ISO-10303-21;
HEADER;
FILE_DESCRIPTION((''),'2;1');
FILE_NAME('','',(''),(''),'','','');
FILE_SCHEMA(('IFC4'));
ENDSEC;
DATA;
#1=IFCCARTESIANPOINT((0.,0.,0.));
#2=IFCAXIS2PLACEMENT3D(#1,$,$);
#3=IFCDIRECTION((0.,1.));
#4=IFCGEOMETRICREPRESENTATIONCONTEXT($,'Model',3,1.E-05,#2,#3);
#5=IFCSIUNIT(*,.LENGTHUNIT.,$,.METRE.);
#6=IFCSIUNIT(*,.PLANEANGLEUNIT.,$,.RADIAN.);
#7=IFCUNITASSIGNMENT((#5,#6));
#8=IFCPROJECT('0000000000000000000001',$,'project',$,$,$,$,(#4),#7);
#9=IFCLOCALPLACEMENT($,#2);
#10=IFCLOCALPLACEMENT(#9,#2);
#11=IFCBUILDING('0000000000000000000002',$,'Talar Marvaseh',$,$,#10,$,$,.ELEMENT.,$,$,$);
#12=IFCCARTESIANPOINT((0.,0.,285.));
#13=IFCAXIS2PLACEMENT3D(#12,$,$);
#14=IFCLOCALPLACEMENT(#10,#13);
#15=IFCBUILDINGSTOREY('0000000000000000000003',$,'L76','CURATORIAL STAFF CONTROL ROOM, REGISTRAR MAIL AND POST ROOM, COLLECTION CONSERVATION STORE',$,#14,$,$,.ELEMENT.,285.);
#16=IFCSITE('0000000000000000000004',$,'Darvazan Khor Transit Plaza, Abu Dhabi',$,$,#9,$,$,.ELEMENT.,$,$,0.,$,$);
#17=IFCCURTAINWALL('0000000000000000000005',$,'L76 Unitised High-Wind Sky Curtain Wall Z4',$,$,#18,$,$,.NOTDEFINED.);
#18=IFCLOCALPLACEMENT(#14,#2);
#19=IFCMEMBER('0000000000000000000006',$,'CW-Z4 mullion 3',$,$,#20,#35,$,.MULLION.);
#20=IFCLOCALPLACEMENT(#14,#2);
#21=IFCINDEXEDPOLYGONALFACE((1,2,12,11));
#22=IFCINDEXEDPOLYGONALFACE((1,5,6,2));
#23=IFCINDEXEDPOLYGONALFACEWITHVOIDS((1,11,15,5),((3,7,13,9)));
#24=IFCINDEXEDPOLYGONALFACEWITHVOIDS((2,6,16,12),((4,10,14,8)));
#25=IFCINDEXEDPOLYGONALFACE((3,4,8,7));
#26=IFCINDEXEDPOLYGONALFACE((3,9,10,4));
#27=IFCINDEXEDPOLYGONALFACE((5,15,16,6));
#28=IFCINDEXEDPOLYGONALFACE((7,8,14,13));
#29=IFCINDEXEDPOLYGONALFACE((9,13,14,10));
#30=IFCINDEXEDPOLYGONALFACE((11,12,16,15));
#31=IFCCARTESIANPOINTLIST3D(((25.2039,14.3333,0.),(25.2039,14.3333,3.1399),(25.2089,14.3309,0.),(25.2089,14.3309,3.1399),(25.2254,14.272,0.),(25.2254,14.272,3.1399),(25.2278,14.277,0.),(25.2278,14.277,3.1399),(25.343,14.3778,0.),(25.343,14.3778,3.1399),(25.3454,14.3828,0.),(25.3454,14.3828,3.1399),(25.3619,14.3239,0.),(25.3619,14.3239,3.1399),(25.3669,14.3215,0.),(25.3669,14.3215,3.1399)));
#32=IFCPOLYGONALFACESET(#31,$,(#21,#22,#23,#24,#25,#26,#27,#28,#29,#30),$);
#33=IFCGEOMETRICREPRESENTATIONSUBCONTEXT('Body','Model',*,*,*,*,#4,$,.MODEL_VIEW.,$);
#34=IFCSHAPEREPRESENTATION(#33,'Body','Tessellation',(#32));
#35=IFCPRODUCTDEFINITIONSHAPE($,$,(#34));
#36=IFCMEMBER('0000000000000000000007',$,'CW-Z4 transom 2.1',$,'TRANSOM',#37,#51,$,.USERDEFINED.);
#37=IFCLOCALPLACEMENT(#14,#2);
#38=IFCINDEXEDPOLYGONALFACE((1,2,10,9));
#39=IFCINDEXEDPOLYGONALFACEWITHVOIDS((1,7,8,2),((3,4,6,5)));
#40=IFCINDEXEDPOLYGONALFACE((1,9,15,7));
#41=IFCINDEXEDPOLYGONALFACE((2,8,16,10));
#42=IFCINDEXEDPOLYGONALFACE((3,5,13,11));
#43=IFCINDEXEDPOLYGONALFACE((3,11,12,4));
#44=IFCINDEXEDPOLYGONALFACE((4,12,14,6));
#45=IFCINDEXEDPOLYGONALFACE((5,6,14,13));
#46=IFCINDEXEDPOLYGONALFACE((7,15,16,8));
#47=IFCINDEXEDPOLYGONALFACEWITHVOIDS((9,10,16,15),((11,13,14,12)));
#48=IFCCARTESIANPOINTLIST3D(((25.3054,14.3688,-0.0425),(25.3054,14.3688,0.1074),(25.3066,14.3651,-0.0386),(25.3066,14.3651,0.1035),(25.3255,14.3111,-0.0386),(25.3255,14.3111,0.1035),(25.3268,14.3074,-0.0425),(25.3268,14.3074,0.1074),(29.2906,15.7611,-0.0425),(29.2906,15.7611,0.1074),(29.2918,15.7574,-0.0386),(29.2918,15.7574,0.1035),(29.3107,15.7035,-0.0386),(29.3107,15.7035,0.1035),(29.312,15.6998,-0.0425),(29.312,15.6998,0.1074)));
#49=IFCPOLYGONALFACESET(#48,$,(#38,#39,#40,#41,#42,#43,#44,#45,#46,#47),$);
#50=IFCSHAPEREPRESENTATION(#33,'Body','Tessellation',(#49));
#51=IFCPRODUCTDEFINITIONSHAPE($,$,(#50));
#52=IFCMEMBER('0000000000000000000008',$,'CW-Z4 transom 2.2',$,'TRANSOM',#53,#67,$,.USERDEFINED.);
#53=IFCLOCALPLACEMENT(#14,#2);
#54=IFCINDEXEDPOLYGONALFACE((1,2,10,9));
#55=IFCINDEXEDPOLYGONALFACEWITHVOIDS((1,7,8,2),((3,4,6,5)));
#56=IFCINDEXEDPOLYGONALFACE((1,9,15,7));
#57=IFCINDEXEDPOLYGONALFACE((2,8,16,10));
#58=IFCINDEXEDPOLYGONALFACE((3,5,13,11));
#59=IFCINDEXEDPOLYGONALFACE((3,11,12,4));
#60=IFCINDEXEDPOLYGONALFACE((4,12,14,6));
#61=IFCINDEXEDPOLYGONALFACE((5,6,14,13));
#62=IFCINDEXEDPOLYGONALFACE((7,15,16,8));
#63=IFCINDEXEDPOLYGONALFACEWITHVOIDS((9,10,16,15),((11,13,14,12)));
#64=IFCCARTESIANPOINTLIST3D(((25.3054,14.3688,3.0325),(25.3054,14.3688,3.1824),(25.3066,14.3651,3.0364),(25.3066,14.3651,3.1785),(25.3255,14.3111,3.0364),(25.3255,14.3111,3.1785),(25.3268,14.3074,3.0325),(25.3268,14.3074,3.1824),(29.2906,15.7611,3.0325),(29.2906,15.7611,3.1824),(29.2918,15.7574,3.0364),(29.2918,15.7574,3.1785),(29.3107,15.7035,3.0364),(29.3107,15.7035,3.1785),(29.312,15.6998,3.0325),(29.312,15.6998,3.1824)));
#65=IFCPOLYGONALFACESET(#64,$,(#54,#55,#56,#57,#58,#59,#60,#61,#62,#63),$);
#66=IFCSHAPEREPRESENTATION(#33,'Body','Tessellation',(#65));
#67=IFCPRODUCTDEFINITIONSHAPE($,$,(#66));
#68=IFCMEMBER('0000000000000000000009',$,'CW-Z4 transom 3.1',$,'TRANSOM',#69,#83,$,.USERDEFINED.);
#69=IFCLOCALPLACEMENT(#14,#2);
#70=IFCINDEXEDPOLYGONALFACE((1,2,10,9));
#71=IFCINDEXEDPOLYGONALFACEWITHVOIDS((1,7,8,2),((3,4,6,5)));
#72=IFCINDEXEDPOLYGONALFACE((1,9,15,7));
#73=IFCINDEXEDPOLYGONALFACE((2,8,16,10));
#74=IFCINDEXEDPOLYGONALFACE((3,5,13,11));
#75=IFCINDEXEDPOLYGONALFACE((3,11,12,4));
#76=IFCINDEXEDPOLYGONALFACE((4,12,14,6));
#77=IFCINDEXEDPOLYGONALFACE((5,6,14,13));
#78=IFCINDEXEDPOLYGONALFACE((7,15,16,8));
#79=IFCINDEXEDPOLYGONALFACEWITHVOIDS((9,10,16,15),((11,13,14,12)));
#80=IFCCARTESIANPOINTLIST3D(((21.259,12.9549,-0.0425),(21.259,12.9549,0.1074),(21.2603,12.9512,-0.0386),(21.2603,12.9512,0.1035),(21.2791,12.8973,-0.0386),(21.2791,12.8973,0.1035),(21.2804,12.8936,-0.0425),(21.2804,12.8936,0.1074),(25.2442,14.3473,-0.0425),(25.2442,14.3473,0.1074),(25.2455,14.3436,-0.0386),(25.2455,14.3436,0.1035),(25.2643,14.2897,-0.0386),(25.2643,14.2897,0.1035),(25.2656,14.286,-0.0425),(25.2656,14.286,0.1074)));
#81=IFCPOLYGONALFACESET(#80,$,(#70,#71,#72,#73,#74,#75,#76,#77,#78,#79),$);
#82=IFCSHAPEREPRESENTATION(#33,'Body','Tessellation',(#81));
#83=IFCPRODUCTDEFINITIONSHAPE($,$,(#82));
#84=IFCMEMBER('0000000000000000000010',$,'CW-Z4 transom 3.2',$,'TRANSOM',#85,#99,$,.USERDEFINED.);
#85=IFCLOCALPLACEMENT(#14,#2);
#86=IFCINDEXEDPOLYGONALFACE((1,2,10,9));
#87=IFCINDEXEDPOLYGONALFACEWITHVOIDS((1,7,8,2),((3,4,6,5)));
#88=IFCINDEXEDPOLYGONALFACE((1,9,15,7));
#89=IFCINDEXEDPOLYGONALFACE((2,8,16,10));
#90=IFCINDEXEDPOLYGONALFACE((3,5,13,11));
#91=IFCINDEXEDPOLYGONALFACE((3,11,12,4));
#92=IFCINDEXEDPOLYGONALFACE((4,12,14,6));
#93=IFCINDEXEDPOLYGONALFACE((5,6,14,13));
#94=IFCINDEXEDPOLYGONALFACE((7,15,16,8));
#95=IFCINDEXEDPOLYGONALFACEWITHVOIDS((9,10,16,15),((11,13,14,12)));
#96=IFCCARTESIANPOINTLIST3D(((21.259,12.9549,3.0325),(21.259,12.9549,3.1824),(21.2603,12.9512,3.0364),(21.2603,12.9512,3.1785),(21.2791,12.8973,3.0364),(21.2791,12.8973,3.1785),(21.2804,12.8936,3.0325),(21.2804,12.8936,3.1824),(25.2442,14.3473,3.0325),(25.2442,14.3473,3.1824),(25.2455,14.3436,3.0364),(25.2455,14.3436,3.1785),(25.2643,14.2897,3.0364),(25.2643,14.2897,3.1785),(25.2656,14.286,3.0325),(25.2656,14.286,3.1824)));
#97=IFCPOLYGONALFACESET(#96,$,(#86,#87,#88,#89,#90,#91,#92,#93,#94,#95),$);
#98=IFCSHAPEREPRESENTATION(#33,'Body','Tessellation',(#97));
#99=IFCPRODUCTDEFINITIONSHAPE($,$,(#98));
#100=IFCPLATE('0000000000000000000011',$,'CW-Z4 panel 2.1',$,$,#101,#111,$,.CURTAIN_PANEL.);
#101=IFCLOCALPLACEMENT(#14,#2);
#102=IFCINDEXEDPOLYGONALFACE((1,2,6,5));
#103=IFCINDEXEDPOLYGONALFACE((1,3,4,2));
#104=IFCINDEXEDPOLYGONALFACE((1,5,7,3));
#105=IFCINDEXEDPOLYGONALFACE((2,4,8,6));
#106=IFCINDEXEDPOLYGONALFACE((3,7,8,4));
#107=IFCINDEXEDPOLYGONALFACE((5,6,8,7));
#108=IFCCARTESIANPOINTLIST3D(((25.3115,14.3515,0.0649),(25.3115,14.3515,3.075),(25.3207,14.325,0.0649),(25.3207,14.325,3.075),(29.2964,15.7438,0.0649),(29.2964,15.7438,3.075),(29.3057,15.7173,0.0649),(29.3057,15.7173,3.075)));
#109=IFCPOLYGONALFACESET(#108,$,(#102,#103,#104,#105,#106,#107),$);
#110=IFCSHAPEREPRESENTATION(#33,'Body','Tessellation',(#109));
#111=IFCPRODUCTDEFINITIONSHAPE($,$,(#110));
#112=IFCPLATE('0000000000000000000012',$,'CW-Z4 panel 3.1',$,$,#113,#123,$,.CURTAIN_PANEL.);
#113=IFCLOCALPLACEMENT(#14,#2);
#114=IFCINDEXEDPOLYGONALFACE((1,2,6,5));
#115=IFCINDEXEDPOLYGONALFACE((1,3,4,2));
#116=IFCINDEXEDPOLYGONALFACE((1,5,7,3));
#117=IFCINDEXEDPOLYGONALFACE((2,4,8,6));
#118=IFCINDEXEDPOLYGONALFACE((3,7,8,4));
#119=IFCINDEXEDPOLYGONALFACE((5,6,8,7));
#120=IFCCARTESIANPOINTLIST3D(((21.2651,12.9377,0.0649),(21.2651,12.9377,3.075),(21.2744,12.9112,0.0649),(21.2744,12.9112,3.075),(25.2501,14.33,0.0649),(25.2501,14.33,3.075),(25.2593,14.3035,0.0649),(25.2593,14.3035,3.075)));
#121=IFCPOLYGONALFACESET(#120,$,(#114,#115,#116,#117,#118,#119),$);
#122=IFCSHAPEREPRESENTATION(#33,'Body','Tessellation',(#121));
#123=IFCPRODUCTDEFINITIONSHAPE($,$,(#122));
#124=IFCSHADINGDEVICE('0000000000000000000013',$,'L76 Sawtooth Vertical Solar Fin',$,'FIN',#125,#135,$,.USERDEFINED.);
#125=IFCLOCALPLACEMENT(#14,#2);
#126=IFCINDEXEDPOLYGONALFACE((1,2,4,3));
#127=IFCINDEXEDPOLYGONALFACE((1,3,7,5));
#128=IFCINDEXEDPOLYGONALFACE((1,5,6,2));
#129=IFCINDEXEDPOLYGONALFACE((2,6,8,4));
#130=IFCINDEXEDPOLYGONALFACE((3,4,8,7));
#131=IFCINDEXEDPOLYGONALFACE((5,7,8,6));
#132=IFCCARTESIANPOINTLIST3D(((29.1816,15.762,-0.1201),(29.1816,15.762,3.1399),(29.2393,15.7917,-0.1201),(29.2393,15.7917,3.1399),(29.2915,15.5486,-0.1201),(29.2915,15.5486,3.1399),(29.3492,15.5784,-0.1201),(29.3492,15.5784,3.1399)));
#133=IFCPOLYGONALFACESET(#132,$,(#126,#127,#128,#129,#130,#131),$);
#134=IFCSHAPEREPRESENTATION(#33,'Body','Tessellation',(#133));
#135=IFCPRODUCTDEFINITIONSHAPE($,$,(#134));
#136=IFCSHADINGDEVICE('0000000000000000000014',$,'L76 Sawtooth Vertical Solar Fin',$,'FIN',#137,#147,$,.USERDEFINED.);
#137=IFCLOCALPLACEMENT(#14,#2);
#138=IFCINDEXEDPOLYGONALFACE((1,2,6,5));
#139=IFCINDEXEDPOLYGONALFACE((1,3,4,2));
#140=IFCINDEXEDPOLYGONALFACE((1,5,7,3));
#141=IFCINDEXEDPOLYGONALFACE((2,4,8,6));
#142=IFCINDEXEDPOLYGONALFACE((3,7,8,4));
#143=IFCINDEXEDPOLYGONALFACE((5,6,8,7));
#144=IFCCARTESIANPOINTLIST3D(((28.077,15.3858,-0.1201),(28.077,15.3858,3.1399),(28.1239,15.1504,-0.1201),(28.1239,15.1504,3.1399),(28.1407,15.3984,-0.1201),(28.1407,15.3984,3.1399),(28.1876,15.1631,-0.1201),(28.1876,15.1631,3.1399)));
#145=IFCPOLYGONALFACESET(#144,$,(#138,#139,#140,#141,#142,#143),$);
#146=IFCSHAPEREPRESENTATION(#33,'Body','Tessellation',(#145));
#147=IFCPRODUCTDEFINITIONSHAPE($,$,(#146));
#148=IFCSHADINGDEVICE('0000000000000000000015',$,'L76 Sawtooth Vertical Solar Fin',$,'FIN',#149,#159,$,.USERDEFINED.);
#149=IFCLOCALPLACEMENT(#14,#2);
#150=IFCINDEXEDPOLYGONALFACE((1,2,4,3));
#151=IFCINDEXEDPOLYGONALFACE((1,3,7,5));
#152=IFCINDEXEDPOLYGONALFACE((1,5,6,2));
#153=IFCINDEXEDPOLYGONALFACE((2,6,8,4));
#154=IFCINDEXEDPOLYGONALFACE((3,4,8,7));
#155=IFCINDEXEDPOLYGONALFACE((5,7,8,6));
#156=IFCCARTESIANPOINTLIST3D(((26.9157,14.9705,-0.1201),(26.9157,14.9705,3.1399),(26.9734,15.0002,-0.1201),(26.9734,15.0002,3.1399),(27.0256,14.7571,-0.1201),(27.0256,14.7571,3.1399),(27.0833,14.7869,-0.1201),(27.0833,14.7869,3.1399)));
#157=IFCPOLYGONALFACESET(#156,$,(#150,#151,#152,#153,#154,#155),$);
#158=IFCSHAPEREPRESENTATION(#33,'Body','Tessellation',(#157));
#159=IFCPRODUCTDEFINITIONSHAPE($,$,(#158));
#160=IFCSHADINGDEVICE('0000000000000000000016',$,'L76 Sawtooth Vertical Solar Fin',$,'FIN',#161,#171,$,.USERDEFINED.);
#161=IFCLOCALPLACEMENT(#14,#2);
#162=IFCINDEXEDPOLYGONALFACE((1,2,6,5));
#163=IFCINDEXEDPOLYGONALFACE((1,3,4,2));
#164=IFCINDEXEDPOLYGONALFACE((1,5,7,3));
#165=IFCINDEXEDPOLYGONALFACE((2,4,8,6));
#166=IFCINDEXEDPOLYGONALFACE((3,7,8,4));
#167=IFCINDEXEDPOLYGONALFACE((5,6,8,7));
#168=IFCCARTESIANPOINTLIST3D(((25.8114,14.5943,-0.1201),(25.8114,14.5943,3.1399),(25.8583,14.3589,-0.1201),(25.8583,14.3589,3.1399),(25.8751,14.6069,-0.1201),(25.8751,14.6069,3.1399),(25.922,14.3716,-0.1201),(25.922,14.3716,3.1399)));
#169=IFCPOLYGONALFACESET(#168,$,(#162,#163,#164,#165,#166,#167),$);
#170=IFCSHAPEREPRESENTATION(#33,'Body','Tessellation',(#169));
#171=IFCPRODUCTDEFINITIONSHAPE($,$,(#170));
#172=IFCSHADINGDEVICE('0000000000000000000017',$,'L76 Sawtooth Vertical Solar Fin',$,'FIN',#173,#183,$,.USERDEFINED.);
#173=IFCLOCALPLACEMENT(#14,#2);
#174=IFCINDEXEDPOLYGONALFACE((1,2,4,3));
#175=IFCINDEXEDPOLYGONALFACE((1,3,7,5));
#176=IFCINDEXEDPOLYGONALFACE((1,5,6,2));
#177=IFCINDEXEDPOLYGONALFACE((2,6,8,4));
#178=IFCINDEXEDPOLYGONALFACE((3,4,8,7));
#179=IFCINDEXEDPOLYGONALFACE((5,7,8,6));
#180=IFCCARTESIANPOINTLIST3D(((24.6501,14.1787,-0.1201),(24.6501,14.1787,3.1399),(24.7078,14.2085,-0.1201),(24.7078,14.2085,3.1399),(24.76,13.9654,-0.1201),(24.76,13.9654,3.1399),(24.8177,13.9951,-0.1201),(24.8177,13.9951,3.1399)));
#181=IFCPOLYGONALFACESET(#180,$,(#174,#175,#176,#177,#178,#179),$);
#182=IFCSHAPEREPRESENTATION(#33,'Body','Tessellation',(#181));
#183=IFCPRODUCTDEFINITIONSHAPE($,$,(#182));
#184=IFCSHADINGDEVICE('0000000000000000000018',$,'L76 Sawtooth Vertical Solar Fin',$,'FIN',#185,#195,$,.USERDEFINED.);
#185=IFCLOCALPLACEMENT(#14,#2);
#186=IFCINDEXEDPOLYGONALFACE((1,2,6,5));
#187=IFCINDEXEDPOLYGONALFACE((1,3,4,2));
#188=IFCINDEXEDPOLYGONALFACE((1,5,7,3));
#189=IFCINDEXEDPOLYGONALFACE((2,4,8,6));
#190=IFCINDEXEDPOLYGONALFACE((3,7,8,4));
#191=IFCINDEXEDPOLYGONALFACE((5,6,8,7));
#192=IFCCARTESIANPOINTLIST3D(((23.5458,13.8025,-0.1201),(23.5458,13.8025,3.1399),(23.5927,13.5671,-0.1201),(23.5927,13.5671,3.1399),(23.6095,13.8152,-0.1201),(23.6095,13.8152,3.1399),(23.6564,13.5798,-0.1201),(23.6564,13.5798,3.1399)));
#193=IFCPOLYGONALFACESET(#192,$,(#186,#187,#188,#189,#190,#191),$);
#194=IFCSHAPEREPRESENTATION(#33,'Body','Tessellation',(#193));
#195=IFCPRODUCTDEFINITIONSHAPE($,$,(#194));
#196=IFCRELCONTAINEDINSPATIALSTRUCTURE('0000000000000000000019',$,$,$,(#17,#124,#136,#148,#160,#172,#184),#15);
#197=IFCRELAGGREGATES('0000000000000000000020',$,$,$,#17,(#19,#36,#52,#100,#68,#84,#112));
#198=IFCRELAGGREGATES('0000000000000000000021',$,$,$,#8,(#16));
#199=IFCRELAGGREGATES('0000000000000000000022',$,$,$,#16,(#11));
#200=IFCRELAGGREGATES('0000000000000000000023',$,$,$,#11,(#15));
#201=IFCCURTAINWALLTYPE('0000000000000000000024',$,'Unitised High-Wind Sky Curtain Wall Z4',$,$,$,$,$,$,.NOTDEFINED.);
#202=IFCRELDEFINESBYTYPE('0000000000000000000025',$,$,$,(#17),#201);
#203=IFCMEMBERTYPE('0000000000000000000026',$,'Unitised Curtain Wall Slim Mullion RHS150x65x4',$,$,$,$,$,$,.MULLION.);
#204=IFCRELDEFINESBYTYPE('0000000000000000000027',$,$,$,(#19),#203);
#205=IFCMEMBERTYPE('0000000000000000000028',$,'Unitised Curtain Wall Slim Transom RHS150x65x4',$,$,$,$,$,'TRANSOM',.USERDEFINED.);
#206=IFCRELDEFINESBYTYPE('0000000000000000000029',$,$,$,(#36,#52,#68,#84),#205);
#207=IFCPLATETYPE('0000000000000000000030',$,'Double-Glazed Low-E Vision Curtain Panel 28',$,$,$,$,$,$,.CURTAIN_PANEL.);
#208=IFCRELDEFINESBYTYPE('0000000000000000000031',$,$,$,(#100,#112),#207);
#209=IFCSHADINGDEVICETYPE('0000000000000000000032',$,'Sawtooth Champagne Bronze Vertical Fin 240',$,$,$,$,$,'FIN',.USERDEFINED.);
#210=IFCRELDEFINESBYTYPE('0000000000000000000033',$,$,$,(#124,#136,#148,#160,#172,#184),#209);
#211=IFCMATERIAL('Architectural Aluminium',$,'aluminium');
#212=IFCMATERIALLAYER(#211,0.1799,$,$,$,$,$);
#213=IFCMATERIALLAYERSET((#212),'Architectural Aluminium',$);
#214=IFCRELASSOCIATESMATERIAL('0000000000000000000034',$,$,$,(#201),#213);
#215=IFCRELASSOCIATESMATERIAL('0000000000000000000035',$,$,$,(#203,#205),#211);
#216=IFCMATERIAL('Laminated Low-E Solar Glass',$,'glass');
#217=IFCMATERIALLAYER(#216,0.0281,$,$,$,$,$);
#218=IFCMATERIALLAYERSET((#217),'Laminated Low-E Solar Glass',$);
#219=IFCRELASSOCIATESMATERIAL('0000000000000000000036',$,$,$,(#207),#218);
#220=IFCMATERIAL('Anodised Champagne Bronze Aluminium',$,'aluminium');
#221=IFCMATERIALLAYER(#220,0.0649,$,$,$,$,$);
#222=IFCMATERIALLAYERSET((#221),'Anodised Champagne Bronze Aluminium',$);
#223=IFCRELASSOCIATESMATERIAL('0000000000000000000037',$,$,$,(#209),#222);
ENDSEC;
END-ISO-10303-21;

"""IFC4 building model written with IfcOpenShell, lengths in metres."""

from ifc_helpers import new_model, si_unit, direction, frame, origin, origin_2d, place, context, subcontext, project, spatial, rectangle, hollow_rectangle, extrude, source, transform, mapped, material, layer, layer_set, material_profile, profile_set, type_object, type_shapes, element, aggregate, save


model = new_model("IFC4")

# Units and contexts
model_context = context("Model", 3, precision=1e-05, world=origin(), true_north=direction((0.0, 1.0)))
body_context = subcontext(model_context, "Body", "Model", "MODEL_VIEW")
ifc_project = project(units=[si_unit("LENGTHUNIT", "METRE"), si_unit("PLANEANGLEUNIT", "RADIAN")], contexts=[model_context])

# Site, building, storey
site_placement = place(None, origin())
site = spatial("IfcSite", under=ifc_project, at=site_placement, Name="Darvazan Khor Transit Plaza, Abu Dhabi", CompositionType="ELEMENT", RefElevation=0.0)
building_placement = place(site_placement, origin())
building = spatial("IfcBuilding", under=site, at=building_placement, Name="Talar Marvaseh", CompositionType="ELEMENT")
storey_placement = place(building_placement, frame((0.0, 0.0, 285.0)))
storey = spatial("IfcBuildingStorey", under=building, at=storey_placement, Name="L76", Description="CURATORIAL STAFF CONTROL ROOM, REGISTRAR MAIL AND POST ROOM, COLLECTION CONSERVATION STORE", CompositionType="ELEMENT", Elevation=285.0)

# Curtain wall, members, plates
ifc_material_1 = material(Name="Architectural Aluminium", Category="aluminium")
ifc_layer_1 = layer(ifc_material_1, 0.1799)
ifc_layer_set_1 = layer_set([ifc_layer_1], Name="Architectural Aluminium")
curtain_wall_type = type_object("IfcCurtainWallType", Name="Unitised High-Wind Sky Curtain Wall Z4", PredefinedType="NOTDEFINED", material=ifc_layer_set_1)
curtain_wall_placement = place(storey_placement, origin())
curtain_wall = element("IfcCurtainWall", 1, at=curtain_wall_placement, inside=storey, type_object=curtain_wall_type, Name="L76 Unitised High-Wind Sky Curtain Wall Z4", PredefinedType="NOTDEFINED")
ifc_material_profile_1 = material_profile(ifc_material_1, hollow_rectangle(XDim=0.0649, YDim=0.1499, WallThickness=0.0039, at=origin_2d()), Name="RHS150x65x4")
ifc_profile_set_1 = profile_set([ifc_material_profile_1], Name="Architectural Aluminium")
member_type_1 = type_object("IfcMemberType", Name="Unitised Curtain Wall Slim Mullion RHS150x65x4", PredefinedType="MULLION", material=ifc_profile_set_1)
shared_shape_1 = source(origin(), body_context, "Body", "SweptSolid", [
    extrude(hollow_rectangle(XDim=0.0649, YDim=0.1499, WallThickness=0.0039, at=origin_2d()), origin(), (0.0, 0.0, 1.0), 3.1399),
])
type_shapes(member_type_1, [shared_shape_1])
member_1_placement = place(storey_placement, frame((25.2854, 14.3274, 0.0), z_axis=(0.0, 0.0, 1.0), x_axis=(0.329838, -0.944038, 0.0)))
member_1 = element("IfcMember", 2, at=member_1_placement, type_object=member_type_1, Name="CW-Z4 mullion 3", PredefinedType="MULLION", context=body_context, shape_type="MappedRepresentation", body=[
    mapped(shared_shape_1, transform((0.0, 0.0, 0.0), x_axis=(1.0, 0.0, 0.0), y_axis=(0.0, 1.0, 0.0), z_axis=(0.0, 0.0, 1.0), scale=1.0)),
])
ifc_material_profile_2 = material_profile(ifc_material_1, hollow_rectangle(XDim=0.0649, YDim=0.1499, WallThickness=0.0039, at=origin_2d()), Name="RHS150x65x4")
ifc_profile_set_2 = profile_set([ifc_material_profile_2], Name="Architectural Aluminium")
member_type_2 = type_object("IfcMemberType", Name="Unitised Curtain Wall Slim Transom RHS150x65x4", ElementType="TRANSOM", PredefinedType="USERDEFINED", material=ifc_profile_set_2)
shared_shape_2 = source(origin(), body_context, "Body", "SweptSolid", [
    extrude(hollow_rectangle(XDim=0.0649, YDim=0.1499, WallThickness=0.0039, at=origin_2d()), origin(), (0.0, 0.0, 1.0), 4.2214),
])
type_shapes(member_type_2, [shared_shape_2])
member_2_placement = place(storey_placement, frame((29.3013, 15.7305, 0.0325), z_axis=(-0.944039, -0.329833, 0.0), x_axis=(0.329833, -0.944039, 0.0)))
member_2 = element("IfcMember", 3, at=member_2_placement, type_object=member_type_2, Name="CW-Z4 transom 2.1", ObjectType="TRANSOM", PredefinedType="USERDEFINED", context=body_context, shape_type="MappedRepresentation", body=[
    mapped(shared_shape_2, transform((0.0, 0.0, 0.0), x_axis=(1.0, 0.0, 0.0), y_axis=(0.0, 1.0, 0.0), z_axis=(0.0, 0.0, 1.0), scale=1.0)),
])
member_3_placement = place(storey_placement, frame((29.3013, 15.7305, 3.1074), z_axis=(-0.944039, -0.329833, 0.0), x_axis=(0.329833, -0.944039, 0.0)))
member_3 = element("IfcMember", 4, at=member_3_placement, type_object=member_type_2, Name="CW-Z4 transom 2.2", ObjectType="TRANSOM", PredefinedType="USERDEFINED", context=body_context, shape_type="MappedRepresentation", body=[
    mapped(shared_shape_2, transform((0.0, 0.0, 0.0), x_axis=(1.0, 0.0, 0.0), y_axis=(0.0, 1.0, 0.0), z_axis=(0.0, 0.0, 1.0), scale=1.0)),
])
member_4_placement = place(storey_placement, frame((25.2549, 14.3167, 0.0325), z_axis=(-0.944039, -0.329833, 0.0), x_axis=(0.329833, -0.944039, 0.0)))
member_4 = element("IfcMember", 5, at=member_4_placement, type_object=member_type_2, Name="CW-Z4 transom 3.1", ObjectType="TRANSOM", PredefinedType="USERDEFINED", context=body_context, shape_type="MappedRepresentation", body=[
    mapped(shared_shape_2, transform((0.0, 0.0, 0.0), x_axis=(1.0, 0.0, 0.0), y_axis=(0.0, 1.0, 0.0), z_axis=(0.0, 0.0, 1.0), scale=1.0)),
])
member_5_placement = place(storey_placement, frame((25.2549, 14.3167, 3.1074), z_axis=(-0.944039, -0.329833, 0.0), x_axis=(0.329833, -0.944039, 0.0)))
member_5 = element("IfcMember", 6, at=member_5_placement, type_object=member_type_2, Name="CW-Z4 transom 3.2", ObjectType="TRANSOM", PredefinedType="USERDEFINED", context=body_context, shape_type="MappedRepresentation", body=[
    mapped(shared_shape_2, transform((0.0, 0.0, 0.0), x_axis=(1.0, 0.0, 0.0), y_axis=(0.0, 1.0, 0.0), z_axis=(0.0, 0.0, 1.0), scale=1.0)),
])
ifc_material_2 = material(Name="Laminated Low-E Solar Glass", Category="glass")
ifc_layer_2 = layer(ifc_material_2, 0.0281)
ifc_layer_set_2 = layer_set([ifc_layer_2], Name="Laminated Low-E Solar Glass")
plate_type = type_object("IfcPlateType", Name="Double-Glazed Low-E Vision Curtain Panel 28", PredefinedType="CURTAIN_PANEL", material=ifc_layer_set_2)
shared_shape_3 = source(origin(), body_context, "Body", "SweptSolid", [
    extrude(rectangle(XDim=4.2212, YDim=0.0281, at=origin_2d()), origin(), (0.0, 0.0, 1.0), 3.01),
])
type_shapes(plate_type, [shared_shape_3])
plate_1_placement = place(storey_placement, frame((27.3086, 15.0344, 0.0649), z_axis=(0.0, 0.0, 1.0), x_axis=(-0.944038, -0.329838, 0.0)))
plate_1 = element("IfcPlate", 7, at=plate_1_placement, type_object=plate_type, Name="CW-Z4 panel 2.1", PredefinedType="CURTAIN_PANEL", context=body_context, shape_type="MappedRepresentation", body=[
    mapped(shared_shape_3, transform((0.0, 0.0, 0.0), x_axis=(1.0, 0.0, 0.0), y_axis=(0.0, 1.0, 0.0), z_axis=(0.0, 0.0, 1.0), scale=1.0)),
])
plate_2_placement = place(storey_placement, frame((23.2622, 13.6206, 0.0649), z_axis=(0.0, 0.0, 1.0), x_axis=(-0.944038, -0.329838, 0.0)))
plate_2 = element("IfcPlate", 8, at=plate_2_placement, type_object=plate_type, Name="CW-Z4 panel 3.1", PredefinedType="CURTAIN_PANEL", context=body_context, shape_type="MappedRepresentation", body=[
    mapped(shared_shape_3, transform((0.0, 0.0, 0.0), x_axis=(1.0, 0.0, 0.0), y_axis=(0.0, 1.0, 0.0), z_axis=(0.0, 0.0, 1.0), scale=1.0)),
])
aggregate(curtain_wall, [member_1, member_2, member_3, plate_1, member_4, member_5, plate_2])

# Shading devices
ifc_material_3 = material(Name="Anodised Champagne Bronze Aluminium", Category="aluminium")
ifc_layer_3 = layer(ifc_material_3, 0.0649)
ifc_layer_set_3 = layer_set([ifc_layer_3], Name="Anodised Champagne Bronze Aluminium")
shading_device_type = type_object("IfcShadingDeviceType", Name="Sawtooth Champagne Bronze Vertical Fin 240", ElementType="FIN", PredefinedType="USERDEFINED", material=ifc_layer_set_3)
shared_shape_4 = source(origin(), body_context, "Body", "SweptSolid", [
    extrude(rectangle(XDim=0.24, YDim=0.0649, at=origin_2d()), origin(), (0.0, 0.0, 1.0), 3.26),
])
type_shapes(shading_device_type, [shared_shape_4])
for number, where, z_axis, x_axis, name in (
    (9, (29.2654, 15.6702, -0.1201), (0.0, 0.0, 1.0), (0.458029, -0.888937, 0.0), "L76 Sawtooth Vertical Solar Fin"),
    (10, (28.1323, 15.2744, -0.1201), (0.0, 0.0, 1.0), (0.195261, -0.980751, 0.0), "L76 Sawtooth Vertical Solar Fin"),
    (11, (26.9995, 14.8787, -0.1201), (0.0, 0.0, 1.0), (0.458029, -0.888937, 0.0), "L76 Sawtooth Vertical Solar Fin"),
    (12, (25.8667, 14.4829, -0.1201), (0.0, 0.0, 1.0), (0.195261, -0.980751, 0.0), "L76 Sawtooth Vertical Solar Fin"),
    (13, (24.7339, 14.0869, -0.1201), (0.0, 0.0, 1.0), (0.458029, -0.888937, 0.0), "L76 Sawtooth Vertical Solar Fin"),
    (14, (23.6011, 13.6912, -0.1201), (0.0, 0.0, 1.0), (0.195261, -0.980751, 0.0), "L76 Sawtooth Vertical Solar Fin"),
):
    element("IfcShadingDevice", number, at=place(storey_placement, frame(where, z_axis=z_axis, x_axis=x_axis)), inside=storey, type_object=shading_device_type, Name=name, ObjectType="FIN", PredefinedType="USERDEFINED", context=body_context, shape_type="MappedRepresentation", body=[
        mapped(shared_shape_4, transform((0.0, 0.0, 0.0), x_axis=(1.0, 0.0, 0.0), y_axis=(0.0, 1.0, 0.0), z_axis=(0.0, 0.0, 1.0), scale=1.0)),
    ])

save(model, "model.ifc")
